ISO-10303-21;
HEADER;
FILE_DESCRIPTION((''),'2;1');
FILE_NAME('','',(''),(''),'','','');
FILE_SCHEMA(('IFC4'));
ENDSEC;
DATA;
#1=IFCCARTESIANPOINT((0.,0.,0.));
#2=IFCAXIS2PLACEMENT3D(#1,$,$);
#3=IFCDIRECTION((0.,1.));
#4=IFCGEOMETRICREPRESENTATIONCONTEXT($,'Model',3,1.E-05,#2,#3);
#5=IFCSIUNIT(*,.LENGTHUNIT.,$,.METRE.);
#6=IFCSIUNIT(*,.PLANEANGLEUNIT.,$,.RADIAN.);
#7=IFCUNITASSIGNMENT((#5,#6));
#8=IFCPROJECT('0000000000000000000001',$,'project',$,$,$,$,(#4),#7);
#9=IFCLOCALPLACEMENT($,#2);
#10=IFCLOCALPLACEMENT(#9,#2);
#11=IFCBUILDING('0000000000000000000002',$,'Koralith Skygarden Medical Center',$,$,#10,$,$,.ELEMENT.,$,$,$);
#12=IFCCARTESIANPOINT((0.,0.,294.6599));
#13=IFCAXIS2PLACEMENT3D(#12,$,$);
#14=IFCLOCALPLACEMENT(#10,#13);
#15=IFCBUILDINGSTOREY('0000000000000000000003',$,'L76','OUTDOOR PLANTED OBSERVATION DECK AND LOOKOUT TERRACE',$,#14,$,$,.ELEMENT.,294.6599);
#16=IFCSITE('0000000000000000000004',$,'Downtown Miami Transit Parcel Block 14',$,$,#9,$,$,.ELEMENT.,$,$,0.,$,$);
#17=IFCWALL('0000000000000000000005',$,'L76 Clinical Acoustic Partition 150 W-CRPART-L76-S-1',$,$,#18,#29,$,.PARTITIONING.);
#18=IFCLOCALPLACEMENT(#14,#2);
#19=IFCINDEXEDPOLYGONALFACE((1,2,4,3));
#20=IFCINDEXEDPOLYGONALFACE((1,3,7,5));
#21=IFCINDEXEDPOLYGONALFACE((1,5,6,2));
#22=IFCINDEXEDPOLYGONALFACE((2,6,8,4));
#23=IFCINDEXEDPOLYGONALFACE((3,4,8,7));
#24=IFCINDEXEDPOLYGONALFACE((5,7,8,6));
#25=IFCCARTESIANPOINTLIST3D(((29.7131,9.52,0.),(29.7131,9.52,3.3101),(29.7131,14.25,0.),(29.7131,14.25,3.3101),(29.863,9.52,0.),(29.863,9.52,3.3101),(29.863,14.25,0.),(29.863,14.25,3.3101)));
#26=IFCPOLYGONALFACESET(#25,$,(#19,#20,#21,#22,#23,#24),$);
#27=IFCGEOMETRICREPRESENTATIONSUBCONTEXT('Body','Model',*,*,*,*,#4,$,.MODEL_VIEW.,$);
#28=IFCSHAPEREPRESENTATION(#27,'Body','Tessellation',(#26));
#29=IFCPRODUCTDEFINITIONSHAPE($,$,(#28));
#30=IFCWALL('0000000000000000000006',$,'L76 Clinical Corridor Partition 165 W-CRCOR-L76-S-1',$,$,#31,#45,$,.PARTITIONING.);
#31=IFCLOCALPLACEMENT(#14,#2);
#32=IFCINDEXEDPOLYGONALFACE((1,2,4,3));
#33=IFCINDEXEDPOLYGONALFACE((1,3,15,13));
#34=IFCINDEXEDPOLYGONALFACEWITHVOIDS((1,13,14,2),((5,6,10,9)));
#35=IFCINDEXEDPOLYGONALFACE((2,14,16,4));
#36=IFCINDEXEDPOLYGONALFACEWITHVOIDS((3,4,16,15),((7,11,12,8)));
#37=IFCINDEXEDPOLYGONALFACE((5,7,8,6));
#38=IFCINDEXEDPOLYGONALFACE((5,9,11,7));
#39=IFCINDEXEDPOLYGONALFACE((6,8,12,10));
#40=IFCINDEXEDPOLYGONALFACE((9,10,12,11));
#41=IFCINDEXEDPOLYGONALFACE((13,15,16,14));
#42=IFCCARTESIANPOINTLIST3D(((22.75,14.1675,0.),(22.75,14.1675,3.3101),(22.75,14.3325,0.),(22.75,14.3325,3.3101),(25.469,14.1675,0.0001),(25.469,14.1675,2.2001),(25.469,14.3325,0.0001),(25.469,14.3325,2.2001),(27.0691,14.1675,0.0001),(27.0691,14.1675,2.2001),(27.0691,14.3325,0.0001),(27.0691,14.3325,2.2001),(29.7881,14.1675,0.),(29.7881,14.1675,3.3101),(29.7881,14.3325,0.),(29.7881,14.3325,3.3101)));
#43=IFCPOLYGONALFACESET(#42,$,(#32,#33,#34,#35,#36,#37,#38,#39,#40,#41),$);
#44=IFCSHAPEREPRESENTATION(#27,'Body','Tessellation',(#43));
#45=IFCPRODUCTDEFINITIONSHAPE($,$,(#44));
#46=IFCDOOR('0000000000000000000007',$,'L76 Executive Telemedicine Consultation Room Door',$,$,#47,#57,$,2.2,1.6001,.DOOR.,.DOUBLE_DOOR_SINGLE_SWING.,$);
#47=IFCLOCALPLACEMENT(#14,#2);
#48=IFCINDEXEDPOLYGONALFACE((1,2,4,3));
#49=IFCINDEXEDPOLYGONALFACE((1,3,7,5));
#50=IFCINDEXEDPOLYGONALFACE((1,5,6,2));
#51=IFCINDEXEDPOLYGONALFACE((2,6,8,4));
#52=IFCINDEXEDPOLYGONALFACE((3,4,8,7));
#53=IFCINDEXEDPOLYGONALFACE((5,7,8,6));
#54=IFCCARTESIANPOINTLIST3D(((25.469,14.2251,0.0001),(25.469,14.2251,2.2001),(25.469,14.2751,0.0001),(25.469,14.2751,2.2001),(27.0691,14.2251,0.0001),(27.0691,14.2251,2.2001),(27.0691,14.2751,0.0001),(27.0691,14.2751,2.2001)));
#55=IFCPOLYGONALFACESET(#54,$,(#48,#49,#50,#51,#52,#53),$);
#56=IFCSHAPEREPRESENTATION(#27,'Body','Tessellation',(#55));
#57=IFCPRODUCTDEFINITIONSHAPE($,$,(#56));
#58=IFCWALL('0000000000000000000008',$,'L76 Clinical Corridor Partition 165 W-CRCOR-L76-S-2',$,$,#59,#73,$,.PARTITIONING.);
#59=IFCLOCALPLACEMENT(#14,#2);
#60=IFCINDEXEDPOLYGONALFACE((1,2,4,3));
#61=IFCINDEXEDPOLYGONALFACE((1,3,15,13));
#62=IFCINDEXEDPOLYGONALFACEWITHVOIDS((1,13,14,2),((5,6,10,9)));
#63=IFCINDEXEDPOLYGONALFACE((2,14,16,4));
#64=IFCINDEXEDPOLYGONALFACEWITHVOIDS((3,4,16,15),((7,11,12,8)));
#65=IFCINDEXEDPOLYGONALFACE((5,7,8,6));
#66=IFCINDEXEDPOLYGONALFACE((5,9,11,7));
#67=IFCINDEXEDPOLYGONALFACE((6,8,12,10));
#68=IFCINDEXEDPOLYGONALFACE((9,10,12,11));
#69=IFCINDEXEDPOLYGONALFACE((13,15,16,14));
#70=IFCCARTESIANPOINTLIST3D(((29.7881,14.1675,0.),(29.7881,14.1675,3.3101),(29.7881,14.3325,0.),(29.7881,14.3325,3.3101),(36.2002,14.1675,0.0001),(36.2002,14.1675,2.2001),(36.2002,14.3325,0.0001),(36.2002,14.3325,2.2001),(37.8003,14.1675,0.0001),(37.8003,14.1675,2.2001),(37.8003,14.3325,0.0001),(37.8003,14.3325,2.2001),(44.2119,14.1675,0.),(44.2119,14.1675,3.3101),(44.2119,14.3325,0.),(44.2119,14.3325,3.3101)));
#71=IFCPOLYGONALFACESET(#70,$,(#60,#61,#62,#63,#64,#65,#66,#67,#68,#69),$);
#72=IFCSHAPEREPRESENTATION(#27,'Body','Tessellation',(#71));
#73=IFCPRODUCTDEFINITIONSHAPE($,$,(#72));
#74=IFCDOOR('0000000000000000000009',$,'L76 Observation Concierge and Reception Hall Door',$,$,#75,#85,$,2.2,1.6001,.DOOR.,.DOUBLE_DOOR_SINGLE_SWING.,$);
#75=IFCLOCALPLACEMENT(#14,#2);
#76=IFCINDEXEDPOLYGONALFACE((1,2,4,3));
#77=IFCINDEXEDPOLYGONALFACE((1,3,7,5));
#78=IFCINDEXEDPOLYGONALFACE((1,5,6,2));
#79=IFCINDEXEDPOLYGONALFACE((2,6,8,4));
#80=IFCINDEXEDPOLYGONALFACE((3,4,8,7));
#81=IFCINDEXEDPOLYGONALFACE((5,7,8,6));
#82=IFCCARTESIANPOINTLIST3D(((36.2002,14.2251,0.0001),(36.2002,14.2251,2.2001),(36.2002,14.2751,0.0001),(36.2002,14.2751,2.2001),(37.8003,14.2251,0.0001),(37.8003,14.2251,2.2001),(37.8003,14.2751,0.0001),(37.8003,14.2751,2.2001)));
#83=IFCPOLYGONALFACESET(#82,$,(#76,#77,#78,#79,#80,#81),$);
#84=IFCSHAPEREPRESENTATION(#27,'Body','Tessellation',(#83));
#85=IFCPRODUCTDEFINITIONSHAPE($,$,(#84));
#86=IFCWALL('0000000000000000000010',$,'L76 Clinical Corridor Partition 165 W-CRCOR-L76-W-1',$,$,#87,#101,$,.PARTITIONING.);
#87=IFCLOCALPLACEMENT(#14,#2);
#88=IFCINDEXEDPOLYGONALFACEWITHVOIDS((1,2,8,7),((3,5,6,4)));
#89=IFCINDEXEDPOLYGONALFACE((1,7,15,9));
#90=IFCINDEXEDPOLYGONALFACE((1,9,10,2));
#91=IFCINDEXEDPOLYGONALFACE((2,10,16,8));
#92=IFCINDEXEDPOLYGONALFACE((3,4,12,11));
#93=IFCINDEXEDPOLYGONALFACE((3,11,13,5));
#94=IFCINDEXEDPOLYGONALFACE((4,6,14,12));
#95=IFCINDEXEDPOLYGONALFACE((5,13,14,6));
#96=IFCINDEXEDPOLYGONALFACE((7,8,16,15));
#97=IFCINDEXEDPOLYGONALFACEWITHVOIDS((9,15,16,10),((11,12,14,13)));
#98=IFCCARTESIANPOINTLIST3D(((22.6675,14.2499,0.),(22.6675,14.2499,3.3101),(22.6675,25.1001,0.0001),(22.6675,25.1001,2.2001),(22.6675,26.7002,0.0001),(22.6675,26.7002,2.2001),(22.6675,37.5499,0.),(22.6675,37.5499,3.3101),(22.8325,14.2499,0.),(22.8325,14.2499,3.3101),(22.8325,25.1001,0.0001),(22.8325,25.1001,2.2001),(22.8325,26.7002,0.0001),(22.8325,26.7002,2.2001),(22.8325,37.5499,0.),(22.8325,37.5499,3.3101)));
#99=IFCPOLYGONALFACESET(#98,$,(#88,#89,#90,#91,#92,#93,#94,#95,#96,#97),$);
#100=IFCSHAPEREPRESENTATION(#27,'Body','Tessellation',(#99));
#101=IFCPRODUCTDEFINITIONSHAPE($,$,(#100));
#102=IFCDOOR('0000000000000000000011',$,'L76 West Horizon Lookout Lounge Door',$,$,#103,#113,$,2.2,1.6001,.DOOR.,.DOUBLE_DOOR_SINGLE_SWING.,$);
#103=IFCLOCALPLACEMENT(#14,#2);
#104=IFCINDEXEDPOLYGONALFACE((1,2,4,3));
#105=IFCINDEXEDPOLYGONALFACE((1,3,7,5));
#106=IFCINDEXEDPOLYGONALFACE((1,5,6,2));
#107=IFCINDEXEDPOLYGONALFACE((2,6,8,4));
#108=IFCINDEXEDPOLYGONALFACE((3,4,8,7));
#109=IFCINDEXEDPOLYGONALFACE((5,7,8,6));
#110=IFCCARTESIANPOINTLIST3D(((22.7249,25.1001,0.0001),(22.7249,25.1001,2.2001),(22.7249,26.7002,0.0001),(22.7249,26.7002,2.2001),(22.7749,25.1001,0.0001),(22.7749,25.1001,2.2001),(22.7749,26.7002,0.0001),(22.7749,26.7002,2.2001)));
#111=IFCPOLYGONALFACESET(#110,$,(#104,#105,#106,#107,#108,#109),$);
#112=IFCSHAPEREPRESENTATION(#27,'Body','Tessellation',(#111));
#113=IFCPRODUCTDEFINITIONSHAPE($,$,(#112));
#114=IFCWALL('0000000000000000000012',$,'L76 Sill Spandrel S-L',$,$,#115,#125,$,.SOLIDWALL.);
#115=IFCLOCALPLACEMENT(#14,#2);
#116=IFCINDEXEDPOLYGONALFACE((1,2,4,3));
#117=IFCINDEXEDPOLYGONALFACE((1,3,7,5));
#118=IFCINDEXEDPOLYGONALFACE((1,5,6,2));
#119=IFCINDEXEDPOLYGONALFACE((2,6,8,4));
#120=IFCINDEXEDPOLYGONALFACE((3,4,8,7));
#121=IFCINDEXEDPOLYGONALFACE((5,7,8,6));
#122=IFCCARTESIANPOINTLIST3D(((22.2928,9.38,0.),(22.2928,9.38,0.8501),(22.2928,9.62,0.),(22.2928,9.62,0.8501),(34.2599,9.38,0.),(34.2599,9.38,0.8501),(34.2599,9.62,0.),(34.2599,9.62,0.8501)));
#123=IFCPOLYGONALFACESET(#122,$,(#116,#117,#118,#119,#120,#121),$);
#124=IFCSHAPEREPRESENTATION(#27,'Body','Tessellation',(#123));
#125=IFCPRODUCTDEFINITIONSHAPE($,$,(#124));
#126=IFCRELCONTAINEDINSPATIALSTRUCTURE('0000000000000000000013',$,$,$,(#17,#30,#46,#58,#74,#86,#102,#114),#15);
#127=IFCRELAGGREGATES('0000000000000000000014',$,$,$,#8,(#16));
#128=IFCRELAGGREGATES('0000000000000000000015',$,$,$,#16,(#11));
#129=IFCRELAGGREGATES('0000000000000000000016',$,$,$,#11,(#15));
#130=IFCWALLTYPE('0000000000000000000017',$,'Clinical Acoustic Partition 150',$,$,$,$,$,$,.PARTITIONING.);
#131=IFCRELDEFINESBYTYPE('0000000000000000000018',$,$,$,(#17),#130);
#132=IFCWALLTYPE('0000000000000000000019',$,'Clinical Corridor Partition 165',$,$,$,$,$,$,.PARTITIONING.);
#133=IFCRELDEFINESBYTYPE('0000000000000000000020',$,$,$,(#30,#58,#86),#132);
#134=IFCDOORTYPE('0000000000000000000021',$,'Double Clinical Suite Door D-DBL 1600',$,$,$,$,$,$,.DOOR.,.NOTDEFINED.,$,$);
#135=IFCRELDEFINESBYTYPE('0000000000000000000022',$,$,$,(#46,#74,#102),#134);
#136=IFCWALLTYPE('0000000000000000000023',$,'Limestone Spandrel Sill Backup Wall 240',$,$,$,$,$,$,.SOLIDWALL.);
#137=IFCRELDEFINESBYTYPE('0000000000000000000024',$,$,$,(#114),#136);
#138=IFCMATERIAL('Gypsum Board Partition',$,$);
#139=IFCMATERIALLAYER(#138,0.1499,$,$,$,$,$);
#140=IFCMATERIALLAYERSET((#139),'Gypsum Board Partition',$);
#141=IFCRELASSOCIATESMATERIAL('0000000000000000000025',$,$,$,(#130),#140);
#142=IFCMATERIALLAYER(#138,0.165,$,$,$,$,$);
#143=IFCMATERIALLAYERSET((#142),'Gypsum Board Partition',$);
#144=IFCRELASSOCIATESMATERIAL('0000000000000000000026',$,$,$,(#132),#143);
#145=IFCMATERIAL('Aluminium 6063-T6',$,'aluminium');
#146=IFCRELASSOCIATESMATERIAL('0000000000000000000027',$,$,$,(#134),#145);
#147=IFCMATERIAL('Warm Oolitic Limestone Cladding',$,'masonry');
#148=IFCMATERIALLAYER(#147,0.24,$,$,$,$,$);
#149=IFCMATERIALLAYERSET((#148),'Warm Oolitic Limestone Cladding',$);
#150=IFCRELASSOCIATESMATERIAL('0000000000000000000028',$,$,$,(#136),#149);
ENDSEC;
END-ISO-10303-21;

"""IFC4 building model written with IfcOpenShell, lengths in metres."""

from ifc_helpers import new_model, si_unit, direction, frame, frame_2d, origin, place, context, subcontext, project, spatial, rectangle, extrude, material, layer, layer_set, type_object, element, fill, save


model = new_model("IFC4")

# Units and contexts
model_context = context("Model", 3, precision=1e-05, world=origin(), true_north=direction((0.0, 1.0)))
body_context = subcontext(model_context, "Body", "Model", "MODEL_VIEW")
ifc_project = project(units=[si_unit("LENGTHUNIT", "METRE"), si_unit("PLANEANGLEUNIT", "RADIAN")], contexts=[model_context])

# Site, building, storey
site_placement = place(None, origin())
site = spatial("IfcSite", under=ifc_project, at=site_placement, Name="Downtown Miami Transit Parcel Block 14", CompositionType="ELEMENT", RefElevation=0.0)
building_placement = place(site_placement, origin())
building = spatial("IfcBuilding", under=site, at=building_placement, Name="Koralith Skygarden Medical Center", CompositionType="ELEMENT")
storey_placement = place(building_placement, frame((0.0, 0.0, 294.6599)))
storey = spatial("IfcBuildingStorey", under=building, at=storey_placement, Name="L76", Description="OUTDOOR PLANTED OBSERVATION DECK AND LOOKOUT TERRACE", CompositionType="ELEMENT", Elevation=294.6599)

# Shared definitions
ifc_material_1 = material(Name="Aluminium 6063-T6", Category="aluminium")

# Wall
ifc_material_2 = material(Name="Gypsum Board Partition")
ifc_layer_1 = layer(ifc_material_2, 0.1499)
ifc_layer_set_1 = layer_set([ifc_layer_1], Name="Gypsum Board Partition")
wall_type_1 = type_object("IfcWallType", Name="Clinical Acoustic Partition 150", PredefinedType="PARTITIONING", material=ifc_layer_set_1)
wall_1_placement = place(storey_placement, frame((29.7881, 14.25, 0.0), z_axis=(0.0, 0.0, 1.0), x_axis=(0.0, -1.0, 0.0)))
element("IfcWall", 1, at=wall_1_placement, inside=storey, type_object=wall_type_1, Name="L76 Clinical Acoustic Partition 150 W-CRPART-L76-S-1", PredefinedType="PARTITIONING", context=body_context, shape_type="SweptSolid", body=[
    extrude(rectangle(XDim=4.73, YDim=0.1499, at=frame_2d((2.365, 0.0))), origin(), (0.0, 0.0, 1.0), 3.3101),
])

# Walls, openings, doors
ifc_layer_2 = layer(ifc_material_2, 0.165)
ifc_layer_set_2 = layer_set([ifc_layer_2], Name="Gypsum Board Partition")
wall_type_2 = type_object("IfcWallType", Name="Clinical Corridor Partition 165", PredefinedType="PARTITIONING", material=ifc_layer_set_2)
wall_2_placement = place(storey_placement, frame((22.75, 14.25, 0.0), z_axis=(0.0, 0.0, 1.0), x_axis=(1.0, 0.0, 0.0)))
wall_2 = element("IfcWall", 2, at=wall_2_placement, inside=storey, type_object=wall_type_2, Name="L76 Clinical Corridor Partition 165 W-CRCOR-L76-S-1", PredefinedType="PARTITIONING", context=body_context, shape_type="SweptSolid", body=[
    extrude(rectangle(XDim=7.0381, YDim=0.165, at=frame_2d((3.519, 0.0))), origin(), (0.0, 0.0, 1.0), 3.3101),
])
opening_1_placement = place(wall_2_placement, frame((2.719, 0.0, 0.0)))
opening_1 = element("IfcOpeningElement", 3, at=opening_1_placement, cuts=wall_2, PredefinedType="OPENING", context=body_context, shape_type="SweptSolid", body=[
    extrude(rectangle(XDim=1.6001, YDim=2.2, at=frame_2d((0.8, 1.1001))), frame((0.0, 0.0925, 0.0), z_axis=(0.0, -1.0, 0.0), x_axis=(1.0, 0.0, 0.0)), (0.0, 0.0, 1.0), 0.1851),
])
door_type = type_object("IfcDoorType", Name="Double Clinical Suite Door D-DBL 1600", OperationType="NOTDEFINED", PredefinedType="DOOR", material=ifc_material_1)
door_1_placement = place(opening_1_placement, frame((1.6001, 0.0, 0.0), z_axis=(0.0, 0.0, 1.0), x_axis=(-1.0, 0.0, 0.0)))
door_1 = element("IfcDoor", 4, at=door_1_placement, inside=storey, type_object=door_type, Name="L76 Executive Telemedicine Consultation Room Door", OperationType="DOUBLE_DOOR_SINGLE_SWING", OverallHeight=2.2, OverallWidth=1.6001, PredefinedType="DOOR", context=body_context, shape_type="SweptSolid", body=[
    extrude(rectangle(XDim=1.6001, YDim=2.2, at=frame_2d((0.8, 1.1001))), frame((0.0, 0.0249, 0.0), z_axis=(0.0, -1.0, 0.0), x_axis=(1.0, 0.0, 0.0)), (0.0, 0.0, 1.0), 0.05),
])
fill(opening_1, door_1)
wall_3_placement = place(storey_placement, frame((29.7881, 14.25, 0.0), z_axis=(0.0, 0.0, 1.0), x_axis=(1.0, 0.0, 0.0)))
wall_3 = element("IfcWall", 5, at=wall_3_placement, inside=storey, type_object=wall_type_2, Name="L76 Clinical Corridor Partition 165 W-CRCOR-L76-S-2", PredefinedType="PARTITIONING", context=body_context, shape_type="SweptSolid", body=[
    extrude(rectangle(XDim=14.4238, YDim=0.165, at=frame_2d((7.2119, 0.0))), origin(), (0.0, 0.0, 1.0), 3.3101),
])
opening_2_placement = place(wall_3_placement, frame((6.4121, 0.0, 0.0)))
opening_2 = element("IfcOpeningElement", 6, at=opening_2_placement, cuts=wall_3, PredefinedType="OPENING", context=body_context, shape_type="SweptSolid", body=[
    extrude(rectangle(XDim=1.6001, YDim=2.2, at=frame_2d((0.8, 1.1001))), frame((0.0, 0.0925, 0.0), z_axis=(0.0, -1.0, 0.0), x_axis=(1.0, 0.0, 0.0)), (0.0, 0.0, 1.0), 0.1851),
])
door_2_placement = place(opening_2_placement, frame((1.6001, 0.0, 0.0), z_axis=(0.0, 0.0, 1.0), x_axis=(-1.0, 0.0, 0.0)))
door_2 = element("IfcDoor", 7, at=door_2_placement, inside=storey, type_object=door_type, Name="L76 Observation Concierge and Reception Hall Door", OperationType="DOUBLE_DOOR_SINGLE_SWING", OverallHeight=2.2, OverallWidth=1.6001, PredefinedType="DOOR", context=body_context, shape_type="SweptSolid", body=[
    extrude(rectangle(XDim=1.6001, YDim=2.2, at=frame_2d((0.8, 1.1001))), frame((0.0, 0.0249, 0.0), z_axis=(0.0, -1.0, 0.0), x_axis=(1.0, 0.0, 0.0)), (0.0, 0.0, 1.0), 0.05),
])
fill(opening_2, door_2)
wall_4_placement = place(storey_placement, frame((22.75, 14.25, 0.0), z_axis=(0.0, 0.0, 1.0), x_axis=(0.0, 1.0, 0.0)))
wall_4 = element("IfcWall", 8, at=wall_4_placement, inside=storey, type_object=wall_type_2, Name="L76 Clinical Corridor Partition 165 W-CRCOR-L76-W-1", PredefinedType="PARTITIONING", context=body_context, shape_type="SweptSolid", body=[
    extrude(rectangle(XDim=23.3, YDim=0.165, at=frame_2d((11.6499, 0.0))), origin(), (0.0, 0.0, 1.0), 3.3101),
])
opening_3_placement = place(wall_4_placement, frame((10.8501, 0.0, 0.0)))
opening_3 = element("IfcOpeningElement", 9, at=opening_3_placement, cuts=wall_4, PredefinedType="OPENING", context=body_context, shape_type="SweptSolid", body=[
    extrude(rectangle(XDim=1.6001, YDim=2.2, at=frame_2d((0.8, 1.1001))), frame((0.0, 0.0925, 0.0), z_axis=(0.0, -1.0, 0.0), x_axis=(1.0, 0.0, 0.0)), (0.0, 0.0, 1.0), 0.1851),
])
door_3_placement = place(opening_3_placement, frame((1.6001, 0.0, 0.0), z_axis=(0.0, 0.0, 1.0), x_axis=(-1.0, 0.0, 0.0)))
door_3 = element("IfcDoor", 10, at=door_3_placement, inside=storey, type_object=door_type, Name="L76 West Horizon Lookout Lounge Door", OperationType="DOUBLE_DOOR_SINGLE_SWING", OverallHeight=2.2, OverallWidth=1.6001, PredefinedType="DOOR", context=body_context, shape_type="SweptSolid", body=[
    extrude(rectangle(XDim=1.6001, YDim=2.2, at=frame_2d((0.8, 1.1001))), frame((0.0, 0.0249, 0.0), z_axis=(0.0, -1.0, 0.0), x_axis=(1.0, 0.0, 0.0)), (0.0, 0.0, 1.0), 0.05),
])
fill(opening_3, door_3)

# Wall
ifc_material_3 = material(Name="Warm Oolitic Limestone Cladding", Category="masonry")
ifc_layer_3 = layer(ifc_material_3, 0.24)
ifc_layer_set_3 = layer_set([ifc_layer_3], Name="Warm Oolitic Limestone Cladding")
wall_type_3 = type_object("IfcWallType", Name="Limestone Spandrel Sill Backup Wall 240", PredefinedType="SOLIDWALL", material=ifc_layer_set_3)
wall_5_placement = place(storey_placement, frame((22.293, 9.5, 0.0), z_axis=(0.0, 0.0, 1.0), x_axis=(1.0, 0.0, 0.0)))
element("IfcWall", 11, at=wall_5_placement, inside=storey, type_object=wall_type_3, Name="L76 Sill Spandrel S-L", PredefinedType="SOLIDWALL", context=body_context, shape_type="SweptSolid", body=[
    extrude(rectangle(XDim=11.967, YDim=0.24, at=frame_2d((5.9834, 0.0))), origin(), (0.0, 0.0, 1.0), 0.8501),
])

save(model, "model.ifc")
